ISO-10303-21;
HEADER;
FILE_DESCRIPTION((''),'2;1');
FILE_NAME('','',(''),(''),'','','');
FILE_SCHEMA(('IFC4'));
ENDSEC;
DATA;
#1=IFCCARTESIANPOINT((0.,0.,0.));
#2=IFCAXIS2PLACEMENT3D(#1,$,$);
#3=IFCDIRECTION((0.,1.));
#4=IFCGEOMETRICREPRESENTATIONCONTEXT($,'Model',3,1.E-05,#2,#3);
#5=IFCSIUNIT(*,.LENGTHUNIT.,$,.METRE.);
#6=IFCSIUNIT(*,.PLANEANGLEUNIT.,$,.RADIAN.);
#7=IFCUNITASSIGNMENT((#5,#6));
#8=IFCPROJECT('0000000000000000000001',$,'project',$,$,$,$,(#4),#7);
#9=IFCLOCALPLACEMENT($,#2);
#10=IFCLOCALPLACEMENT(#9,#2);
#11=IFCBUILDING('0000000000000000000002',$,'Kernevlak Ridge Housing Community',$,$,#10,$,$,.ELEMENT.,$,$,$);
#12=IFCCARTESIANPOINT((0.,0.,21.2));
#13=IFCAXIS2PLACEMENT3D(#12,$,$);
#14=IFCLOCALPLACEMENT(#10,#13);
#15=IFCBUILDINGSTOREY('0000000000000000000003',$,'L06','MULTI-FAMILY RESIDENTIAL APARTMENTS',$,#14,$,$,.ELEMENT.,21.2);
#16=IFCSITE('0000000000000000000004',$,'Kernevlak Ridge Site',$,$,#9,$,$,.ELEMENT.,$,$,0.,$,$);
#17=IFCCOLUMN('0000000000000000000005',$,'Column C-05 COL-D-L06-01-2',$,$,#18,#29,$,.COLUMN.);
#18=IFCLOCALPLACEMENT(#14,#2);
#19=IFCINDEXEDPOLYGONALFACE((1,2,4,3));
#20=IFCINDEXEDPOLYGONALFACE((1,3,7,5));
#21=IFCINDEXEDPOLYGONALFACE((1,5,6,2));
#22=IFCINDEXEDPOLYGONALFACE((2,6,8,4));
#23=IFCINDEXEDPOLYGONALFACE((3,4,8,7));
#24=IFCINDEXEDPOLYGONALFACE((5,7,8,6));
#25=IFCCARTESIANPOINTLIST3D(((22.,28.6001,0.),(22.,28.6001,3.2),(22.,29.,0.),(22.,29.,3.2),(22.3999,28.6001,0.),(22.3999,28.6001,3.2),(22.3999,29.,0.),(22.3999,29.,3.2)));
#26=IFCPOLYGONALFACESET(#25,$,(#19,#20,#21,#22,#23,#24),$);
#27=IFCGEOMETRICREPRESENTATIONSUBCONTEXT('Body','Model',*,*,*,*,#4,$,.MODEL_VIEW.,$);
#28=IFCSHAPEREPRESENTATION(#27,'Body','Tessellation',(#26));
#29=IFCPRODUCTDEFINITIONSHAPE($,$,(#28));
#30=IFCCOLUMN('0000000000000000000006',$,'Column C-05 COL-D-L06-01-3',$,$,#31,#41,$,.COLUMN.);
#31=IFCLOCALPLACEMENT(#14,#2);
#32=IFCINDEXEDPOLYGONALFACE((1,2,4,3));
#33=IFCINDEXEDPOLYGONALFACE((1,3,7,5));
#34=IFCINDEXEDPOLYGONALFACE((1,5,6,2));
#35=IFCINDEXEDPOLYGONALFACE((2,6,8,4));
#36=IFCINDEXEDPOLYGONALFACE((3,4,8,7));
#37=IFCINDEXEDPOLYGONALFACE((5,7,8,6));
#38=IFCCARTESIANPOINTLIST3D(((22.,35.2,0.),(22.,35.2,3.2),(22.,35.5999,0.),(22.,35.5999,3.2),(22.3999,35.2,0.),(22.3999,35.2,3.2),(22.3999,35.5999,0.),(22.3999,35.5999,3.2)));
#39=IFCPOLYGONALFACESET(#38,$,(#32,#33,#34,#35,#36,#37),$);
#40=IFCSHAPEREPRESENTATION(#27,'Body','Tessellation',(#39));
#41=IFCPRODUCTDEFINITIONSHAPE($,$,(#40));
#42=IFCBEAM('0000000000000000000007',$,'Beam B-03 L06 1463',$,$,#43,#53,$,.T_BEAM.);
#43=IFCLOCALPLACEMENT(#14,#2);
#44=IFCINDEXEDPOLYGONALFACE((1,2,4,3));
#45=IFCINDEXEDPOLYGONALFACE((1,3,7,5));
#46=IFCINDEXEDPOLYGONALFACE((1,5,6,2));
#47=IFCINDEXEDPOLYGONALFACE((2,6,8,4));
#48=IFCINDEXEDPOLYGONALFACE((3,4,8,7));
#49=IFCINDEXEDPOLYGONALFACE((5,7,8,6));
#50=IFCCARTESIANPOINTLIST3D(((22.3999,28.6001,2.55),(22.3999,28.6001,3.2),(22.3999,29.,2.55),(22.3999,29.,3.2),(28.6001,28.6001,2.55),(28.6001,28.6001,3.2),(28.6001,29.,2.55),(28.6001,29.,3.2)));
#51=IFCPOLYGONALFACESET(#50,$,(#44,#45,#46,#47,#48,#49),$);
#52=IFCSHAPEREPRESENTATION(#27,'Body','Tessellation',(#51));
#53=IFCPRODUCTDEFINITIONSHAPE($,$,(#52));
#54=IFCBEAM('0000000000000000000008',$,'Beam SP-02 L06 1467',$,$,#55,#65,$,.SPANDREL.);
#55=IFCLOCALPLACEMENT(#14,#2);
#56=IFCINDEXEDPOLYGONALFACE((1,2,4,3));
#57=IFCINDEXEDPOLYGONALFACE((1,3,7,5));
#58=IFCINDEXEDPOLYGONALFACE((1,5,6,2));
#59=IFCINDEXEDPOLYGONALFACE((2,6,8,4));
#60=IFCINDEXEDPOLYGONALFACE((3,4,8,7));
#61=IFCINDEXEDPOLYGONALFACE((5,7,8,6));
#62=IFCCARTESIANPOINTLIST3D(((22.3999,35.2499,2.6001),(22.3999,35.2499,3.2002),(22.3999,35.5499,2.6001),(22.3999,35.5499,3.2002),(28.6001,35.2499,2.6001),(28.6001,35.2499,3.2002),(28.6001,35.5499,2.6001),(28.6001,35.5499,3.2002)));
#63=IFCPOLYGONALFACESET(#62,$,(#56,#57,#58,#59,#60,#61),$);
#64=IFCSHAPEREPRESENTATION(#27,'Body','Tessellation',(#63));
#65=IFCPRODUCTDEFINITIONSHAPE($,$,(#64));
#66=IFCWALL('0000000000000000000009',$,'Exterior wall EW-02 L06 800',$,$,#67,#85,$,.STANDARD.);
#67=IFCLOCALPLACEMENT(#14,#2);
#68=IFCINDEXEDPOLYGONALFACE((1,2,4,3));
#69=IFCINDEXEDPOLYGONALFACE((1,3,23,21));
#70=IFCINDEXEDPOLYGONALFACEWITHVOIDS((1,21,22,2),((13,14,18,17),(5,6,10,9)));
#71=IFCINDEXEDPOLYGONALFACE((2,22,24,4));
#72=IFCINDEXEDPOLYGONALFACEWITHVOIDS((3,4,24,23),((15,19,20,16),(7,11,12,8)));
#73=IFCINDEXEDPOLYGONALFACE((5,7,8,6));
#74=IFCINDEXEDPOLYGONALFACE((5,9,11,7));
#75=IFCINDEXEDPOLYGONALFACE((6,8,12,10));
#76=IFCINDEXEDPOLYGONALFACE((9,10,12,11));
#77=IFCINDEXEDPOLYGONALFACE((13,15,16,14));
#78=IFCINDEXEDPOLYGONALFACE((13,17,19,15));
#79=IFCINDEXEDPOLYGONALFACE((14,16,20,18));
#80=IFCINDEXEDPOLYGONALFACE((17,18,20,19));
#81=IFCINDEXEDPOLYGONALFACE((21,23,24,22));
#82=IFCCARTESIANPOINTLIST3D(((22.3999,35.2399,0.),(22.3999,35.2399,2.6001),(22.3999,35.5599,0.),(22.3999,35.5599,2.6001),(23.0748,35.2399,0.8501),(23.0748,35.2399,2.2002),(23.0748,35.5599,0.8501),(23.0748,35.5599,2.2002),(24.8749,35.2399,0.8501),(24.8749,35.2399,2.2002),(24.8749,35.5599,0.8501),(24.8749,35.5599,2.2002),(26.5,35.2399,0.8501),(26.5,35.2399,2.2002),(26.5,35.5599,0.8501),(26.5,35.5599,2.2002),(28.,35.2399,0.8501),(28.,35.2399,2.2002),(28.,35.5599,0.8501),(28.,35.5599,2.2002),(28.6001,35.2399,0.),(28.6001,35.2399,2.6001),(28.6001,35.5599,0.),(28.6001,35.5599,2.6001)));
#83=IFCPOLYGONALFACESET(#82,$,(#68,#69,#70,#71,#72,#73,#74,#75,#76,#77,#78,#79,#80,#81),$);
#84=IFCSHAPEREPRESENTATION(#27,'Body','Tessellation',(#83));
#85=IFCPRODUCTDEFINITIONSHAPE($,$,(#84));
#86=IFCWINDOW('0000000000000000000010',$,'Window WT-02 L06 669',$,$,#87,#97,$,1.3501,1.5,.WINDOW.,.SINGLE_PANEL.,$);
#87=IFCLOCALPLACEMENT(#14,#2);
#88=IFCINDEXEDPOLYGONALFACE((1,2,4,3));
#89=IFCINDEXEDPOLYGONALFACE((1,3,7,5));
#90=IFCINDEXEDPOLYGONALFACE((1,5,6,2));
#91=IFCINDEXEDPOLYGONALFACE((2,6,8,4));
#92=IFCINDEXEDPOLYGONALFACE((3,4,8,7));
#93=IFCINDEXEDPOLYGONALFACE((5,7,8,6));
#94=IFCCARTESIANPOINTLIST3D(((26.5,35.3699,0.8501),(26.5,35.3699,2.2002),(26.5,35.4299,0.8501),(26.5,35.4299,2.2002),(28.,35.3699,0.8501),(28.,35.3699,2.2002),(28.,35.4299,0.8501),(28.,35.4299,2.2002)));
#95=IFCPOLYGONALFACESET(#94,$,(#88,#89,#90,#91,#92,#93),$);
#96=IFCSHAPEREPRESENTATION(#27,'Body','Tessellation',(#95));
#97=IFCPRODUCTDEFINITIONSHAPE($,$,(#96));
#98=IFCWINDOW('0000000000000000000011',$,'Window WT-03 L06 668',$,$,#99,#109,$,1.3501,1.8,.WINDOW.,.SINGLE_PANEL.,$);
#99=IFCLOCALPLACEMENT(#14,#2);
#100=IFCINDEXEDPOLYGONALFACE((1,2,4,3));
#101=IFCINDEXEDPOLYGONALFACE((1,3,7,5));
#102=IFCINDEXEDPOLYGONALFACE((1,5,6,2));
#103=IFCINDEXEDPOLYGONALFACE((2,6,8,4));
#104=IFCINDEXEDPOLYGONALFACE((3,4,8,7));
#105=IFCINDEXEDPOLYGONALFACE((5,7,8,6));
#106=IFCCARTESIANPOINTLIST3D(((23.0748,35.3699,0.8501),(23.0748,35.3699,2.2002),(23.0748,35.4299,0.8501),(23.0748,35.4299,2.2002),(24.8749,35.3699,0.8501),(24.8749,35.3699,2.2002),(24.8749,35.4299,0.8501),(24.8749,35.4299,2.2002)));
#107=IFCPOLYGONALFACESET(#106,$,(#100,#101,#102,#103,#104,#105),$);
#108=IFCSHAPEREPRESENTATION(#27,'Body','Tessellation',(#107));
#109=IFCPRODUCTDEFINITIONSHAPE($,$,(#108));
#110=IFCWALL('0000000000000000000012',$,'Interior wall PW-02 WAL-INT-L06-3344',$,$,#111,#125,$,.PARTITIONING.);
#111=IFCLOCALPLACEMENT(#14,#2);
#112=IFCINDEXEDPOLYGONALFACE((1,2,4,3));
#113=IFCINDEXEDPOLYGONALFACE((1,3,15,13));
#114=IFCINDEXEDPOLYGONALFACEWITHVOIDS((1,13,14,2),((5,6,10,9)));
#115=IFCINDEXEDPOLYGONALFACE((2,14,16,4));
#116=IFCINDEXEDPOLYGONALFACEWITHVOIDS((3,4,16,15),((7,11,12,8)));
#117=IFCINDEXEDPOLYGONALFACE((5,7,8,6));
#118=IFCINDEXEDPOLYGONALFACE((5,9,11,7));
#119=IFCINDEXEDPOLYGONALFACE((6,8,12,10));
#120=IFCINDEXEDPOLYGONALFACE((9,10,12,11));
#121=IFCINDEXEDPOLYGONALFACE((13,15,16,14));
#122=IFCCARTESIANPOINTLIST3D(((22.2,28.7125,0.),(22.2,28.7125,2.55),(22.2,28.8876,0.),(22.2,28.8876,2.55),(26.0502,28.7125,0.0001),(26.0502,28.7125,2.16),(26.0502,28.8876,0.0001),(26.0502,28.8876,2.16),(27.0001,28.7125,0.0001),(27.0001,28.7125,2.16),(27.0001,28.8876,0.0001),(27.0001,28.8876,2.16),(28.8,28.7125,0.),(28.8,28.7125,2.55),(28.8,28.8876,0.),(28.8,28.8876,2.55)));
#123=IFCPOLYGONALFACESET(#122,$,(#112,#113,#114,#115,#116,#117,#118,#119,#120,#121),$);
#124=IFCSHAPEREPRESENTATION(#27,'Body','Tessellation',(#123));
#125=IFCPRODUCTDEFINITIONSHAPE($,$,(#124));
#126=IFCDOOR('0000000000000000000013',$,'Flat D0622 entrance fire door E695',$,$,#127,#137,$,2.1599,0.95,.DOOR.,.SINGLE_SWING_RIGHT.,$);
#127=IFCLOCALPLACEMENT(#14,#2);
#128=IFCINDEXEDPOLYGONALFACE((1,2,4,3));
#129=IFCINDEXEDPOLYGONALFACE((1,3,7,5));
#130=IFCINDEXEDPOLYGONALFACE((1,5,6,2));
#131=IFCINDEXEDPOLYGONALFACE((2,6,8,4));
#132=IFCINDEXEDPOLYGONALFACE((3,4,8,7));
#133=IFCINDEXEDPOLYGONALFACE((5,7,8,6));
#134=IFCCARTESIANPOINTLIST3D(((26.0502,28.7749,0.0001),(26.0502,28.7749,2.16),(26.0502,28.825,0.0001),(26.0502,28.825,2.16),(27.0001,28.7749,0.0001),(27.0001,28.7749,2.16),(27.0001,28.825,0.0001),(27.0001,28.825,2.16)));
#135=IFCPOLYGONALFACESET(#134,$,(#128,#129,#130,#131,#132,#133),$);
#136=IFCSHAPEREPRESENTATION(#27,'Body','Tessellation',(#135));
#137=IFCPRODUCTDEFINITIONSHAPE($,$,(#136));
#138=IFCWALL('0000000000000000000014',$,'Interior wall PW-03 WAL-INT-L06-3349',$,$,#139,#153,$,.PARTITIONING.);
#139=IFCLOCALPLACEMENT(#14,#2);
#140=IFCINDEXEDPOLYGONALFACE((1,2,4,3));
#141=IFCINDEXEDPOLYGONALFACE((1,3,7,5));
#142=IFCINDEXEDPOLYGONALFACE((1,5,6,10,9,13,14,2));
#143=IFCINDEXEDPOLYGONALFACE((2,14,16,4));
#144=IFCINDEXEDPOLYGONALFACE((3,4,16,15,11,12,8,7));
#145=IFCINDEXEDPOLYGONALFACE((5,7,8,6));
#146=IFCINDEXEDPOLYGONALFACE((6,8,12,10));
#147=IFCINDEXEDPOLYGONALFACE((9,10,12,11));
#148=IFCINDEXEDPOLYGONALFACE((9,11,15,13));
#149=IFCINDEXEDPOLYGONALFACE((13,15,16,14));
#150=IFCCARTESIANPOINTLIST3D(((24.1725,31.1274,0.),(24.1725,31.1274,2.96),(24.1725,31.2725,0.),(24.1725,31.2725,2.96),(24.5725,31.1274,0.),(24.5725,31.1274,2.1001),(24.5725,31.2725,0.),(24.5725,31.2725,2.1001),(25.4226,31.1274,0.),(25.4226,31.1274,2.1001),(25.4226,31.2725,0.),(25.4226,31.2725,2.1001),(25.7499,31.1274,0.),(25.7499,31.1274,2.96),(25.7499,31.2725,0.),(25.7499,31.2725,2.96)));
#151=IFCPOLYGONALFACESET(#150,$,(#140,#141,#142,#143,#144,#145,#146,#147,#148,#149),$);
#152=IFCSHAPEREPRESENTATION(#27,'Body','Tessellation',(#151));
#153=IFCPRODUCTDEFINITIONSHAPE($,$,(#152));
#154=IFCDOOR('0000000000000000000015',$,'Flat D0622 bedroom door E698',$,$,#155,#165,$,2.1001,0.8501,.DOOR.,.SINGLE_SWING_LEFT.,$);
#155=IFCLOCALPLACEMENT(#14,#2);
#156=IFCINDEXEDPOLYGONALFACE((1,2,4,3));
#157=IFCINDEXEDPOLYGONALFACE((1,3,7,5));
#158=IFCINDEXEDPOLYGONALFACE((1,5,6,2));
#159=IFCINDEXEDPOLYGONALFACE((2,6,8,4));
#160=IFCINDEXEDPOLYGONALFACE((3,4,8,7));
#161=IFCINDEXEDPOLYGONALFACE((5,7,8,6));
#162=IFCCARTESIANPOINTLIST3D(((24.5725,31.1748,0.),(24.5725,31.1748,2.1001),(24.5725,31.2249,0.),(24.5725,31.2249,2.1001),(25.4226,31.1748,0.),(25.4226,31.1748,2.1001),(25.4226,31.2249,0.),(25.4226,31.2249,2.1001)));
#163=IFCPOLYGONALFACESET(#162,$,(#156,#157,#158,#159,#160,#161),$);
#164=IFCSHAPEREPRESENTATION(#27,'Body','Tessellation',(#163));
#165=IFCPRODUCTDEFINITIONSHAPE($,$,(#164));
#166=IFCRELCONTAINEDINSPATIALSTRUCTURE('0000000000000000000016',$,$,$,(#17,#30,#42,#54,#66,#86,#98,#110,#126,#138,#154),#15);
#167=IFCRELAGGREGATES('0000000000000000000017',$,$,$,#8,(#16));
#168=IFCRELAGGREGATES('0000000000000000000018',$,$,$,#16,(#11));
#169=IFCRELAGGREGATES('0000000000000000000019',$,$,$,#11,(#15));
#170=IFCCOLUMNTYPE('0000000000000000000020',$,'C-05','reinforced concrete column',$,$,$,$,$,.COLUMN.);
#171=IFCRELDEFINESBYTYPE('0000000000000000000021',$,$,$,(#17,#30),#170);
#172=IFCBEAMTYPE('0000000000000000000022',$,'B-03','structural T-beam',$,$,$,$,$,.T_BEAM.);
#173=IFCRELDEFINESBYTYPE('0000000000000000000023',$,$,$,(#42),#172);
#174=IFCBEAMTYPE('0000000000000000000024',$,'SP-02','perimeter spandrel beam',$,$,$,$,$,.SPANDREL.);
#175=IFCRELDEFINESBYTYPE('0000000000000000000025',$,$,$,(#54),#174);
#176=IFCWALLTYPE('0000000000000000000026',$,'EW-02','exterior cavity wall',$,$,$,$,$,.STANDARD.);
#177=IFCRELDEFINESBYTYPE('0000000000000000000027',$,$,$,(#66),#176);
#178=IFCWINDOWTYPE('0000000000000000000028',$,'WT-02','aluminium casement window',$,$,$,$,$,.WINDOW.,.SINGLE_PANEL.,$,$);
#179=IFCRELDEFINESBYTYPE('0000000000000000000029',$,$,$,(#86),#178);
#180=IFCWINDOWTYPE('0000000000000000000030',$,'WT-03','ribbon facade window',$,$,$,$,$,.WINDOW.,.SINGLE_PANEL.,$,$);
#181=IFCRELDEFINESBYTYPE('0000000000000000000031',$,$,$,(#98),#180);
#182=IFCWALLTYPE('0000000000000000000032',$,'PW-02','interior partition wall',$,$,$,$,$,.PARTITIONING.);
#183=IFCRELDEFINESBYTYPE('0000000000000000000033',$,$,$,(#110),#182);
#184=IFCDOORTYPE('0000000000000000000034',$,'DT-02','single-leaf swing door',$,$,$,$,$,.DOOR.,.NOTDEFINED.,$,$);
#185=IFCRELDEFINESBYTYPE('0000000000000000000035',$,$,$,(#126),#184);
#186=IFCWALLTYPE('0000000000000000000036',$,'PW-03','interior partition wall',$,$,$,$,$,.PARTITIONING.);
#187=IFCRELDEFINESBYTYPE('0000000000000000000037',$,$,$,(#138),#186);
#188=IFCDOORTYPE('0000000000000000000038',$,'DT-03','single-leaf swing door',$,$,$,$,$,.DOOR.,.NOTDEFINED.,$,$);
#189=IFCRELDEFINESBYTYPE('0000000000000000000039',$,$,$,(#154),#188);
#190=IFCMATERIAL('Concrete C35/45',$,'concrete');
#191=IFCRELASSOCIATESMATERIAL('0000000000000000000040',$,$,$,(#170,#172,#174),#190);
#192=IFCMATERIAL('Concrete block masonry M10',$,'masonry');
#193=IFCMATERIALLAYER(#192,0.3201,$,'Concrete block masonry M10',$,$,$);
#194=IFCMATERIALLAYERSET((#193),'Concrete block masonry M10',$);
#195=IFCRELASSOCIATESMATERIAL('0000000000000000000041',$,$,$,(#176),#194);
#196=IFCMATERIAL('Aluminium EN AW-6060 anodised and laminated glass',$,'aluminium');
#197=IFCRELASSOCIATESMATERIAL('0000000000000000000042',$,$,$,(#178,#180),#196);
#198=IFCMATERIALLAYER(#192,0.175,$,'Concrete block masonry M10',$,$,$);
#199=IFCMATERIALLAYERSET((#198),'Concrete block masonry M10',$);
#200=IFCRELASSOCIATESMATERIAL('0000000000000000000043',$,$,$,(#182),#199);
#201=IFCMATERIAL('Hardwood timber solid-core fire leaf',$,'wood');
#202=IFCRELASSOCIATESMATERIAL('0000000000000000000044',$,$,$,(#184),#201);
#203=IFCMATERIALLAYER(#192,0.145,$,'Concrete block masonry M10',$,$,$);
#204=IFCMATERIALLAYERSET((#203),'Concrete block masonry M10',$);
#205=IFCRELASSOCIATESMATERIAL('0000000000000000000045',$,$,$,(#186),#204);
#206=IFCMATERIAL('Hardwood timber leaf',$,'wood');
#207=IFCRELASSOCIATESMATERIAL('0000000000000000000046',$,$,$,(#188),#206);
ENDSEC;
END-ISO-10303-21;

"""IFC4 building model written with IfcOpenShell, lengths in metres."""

from ifc_helpers import new_model, si_unit, direction, frame, frame_2d, origin, origin_2d, place, context, subcontext, project, spatial, rectangle, extrude, material, layer, layer_set, material_profile, profile_set, type_object, element, fill, save


model = new_model("IFC4")

# Units and contexts
model_context = context("Model", 3, precision=1e-05, world=origin(), true_north=direction((0.0, 1.0)))
body_context = subcontext(model_context, "Body", "Model", "MODEL_VIEW")
ifc_project = project(units=[si_unit("LENGTHUNIT", "METRE"), si_unit("PLANEANGLEUNIT", "RADIAN")], contexts=[model_context])

# Site, building, storey
site_placement = place(None, origin())
site = spatial("IfcSite", under=ifc_project, at=site_placement, Name="Kernevlak Ridge Site", CompositionType="ELEMENT", RefElevation=0.0)
building_placement = place(site_placement, origin())
building = spatial("IfcBuilding", under=site, at=building_placement, Name="Kernevlak Ridge Housing Community", CompositionType="ELEMENT")
storey_placement = place(building_placement, frame((0.0, 0.0, 21.2)))
storey = spatial("IfcBuildingStorey", under=building, at=storey_placement, Name="L06", Description="MULTI-FAMILY RESIDENTIAL APARTMENTS", CompositionType="ELEMENT", Elevation=21.2)

# Columns
ifc_material_1 = material(Name="Concrete C35/45", Category="concrete")
ifc_material_profile_1 = material_profile(ifc_material_1, rectangle(XDim=0.3999, YDim=0.3999, at=origin_2d()), Name="RC 400x400")
ifc_profile_set_1 = profile_set([ifc_material_profile_1], Name="Concrete C35/45")
column_type = type_object("IfcColumnType", Name="C-05", Description="reinforced concrete column", PredefinedType="COLUMN", material=ifc_profile_set_1)
for number, where, z_axis, x_axis, name in (
    (1, (22.2, 28.8, 0.0), (0.0, 0.0, 1.0), (1.0, 0.0, 0.0), "Column C-05 COL-D-L06-01-2"),
    (2, (22.2, 35.3999, 0.0), (0.0, 0.0, 1.0), (1.0, 0.0, 0.0), "Column C-05 COL-D-L06-01-3"),
):
    element("IfcColumn", number, at=place(storey_placement, frame(where, z_axis=z_axis, x_axis=x_axis)), inside=storey, type_object=column_type, Name=name, PredefinedType="COLUMN", context=body_context, shape_type="SweptSolid", body=[
        extrude(rectangle(XDim=0.3999, YDim=0.3999, at=origin_2d()), origin(), (0.0, 0.0, 1.0), 3.2),
    ])

# Beams
ifc_material_profile_2 = material_profile(ifc_material_1, rectangle(XDim=0.3999, YDim=0.6499, at=origin_2d()), Name="RC 400x650")
ifc_profile_set_2 = profile_set([ifc_material_profile_2], Name="Concrete C35/45")
beam_type_1 = type_object("IfcBeamType", Name="B-03", Description="structural T-beam", PredefinedType="T_BEAM", material=ifc_profile_set_2)
beam_1_placement = place(storey_placement, frame((22.3999, 28.8, 2.875), z_axis=(1.0, 0.0, 0.0), x_axis=(0.0, 1.0, 0.0)))
element("IfcBeam", 3, at=beam_1_placement, inside=storey, type_object=beam_type_1, Name="Beam B-03 L06 1463", PredefinedType="T_BEAM", context=body_context, shape_type="SweptSolid", body=[
    extrude(rectangle(XDim=0.3999, YDim=0.6499, at=origin_2d()), origin(), (0.0, 0.0, 1.0), 6.2002),
])
ifc_material_profile_3 = material_profile(ifc_material_1, rectangle(XDim=0.3, YDim=0.6001, at=origin_2d()), Name="RC 300x600")
ifc_profile_set_3 = profile_set([ifc_material_profile_3], Name="Concrete C35/45")
beam_type_2 = type_object("IfcBeamType", Name="SP-02", Description="perimeter spandrel beam", PredefinedType="SPANDREL", material=ifc_profile_set_3)
beam_2_placement = place(storey_placement, frame((22.3999, 35.3999, 2.9001), z_axis=(1.0, 0.0, 0.0), x_axis=(0.0, 1.0, 0.0)))
element("IfcBeam", 4, at=beam_2_placement, inside=storey, type_object=beam_type_2, Name="Beam SP-02 L06 1467", PredefinedType="SPANDREL", context=body_context, shape_type="SweptSolid", body=[
    extrude(rectangle(XDim=0.3, YDim=0.6001, at=origin_2d()), origin(), (0.0, 0.0, 1.0), 6.2002),
])

# Wall, openings, windows
ifc_material_2 = material(Name="Concrete block masonry M10", Category="masonry")
ifc_layer_1 = layer(ifc_material_2, 0.3201, Name="Concrete block masonry M10")
ifc_layer_set_1 = layer_set([ifc_layer_1], Name="Concrete block masonry M10")
wall_type_1 = type_object("IfcWallType", Name="EW-02", Description="exterior cavity wall", PredefinedType="STANDARD", material=ifc_layer_set_1)
wall_1_placement = place(storey_placement, frame((22.3999, 35.3999, 0.0), z_axis=(0.0, 0.0, 1.0), x_axis=(1.0, 0.0, 0.0)))
wall_1 = element("IfcWall", 5, at=wall_1_placement, inside=storey, type_object=wall_type_1, Name="Exterior wall EW-02 L06 800", PredefinedType="STANDARD", context=body_context, shape_type="SweptSolid", body=[
    extrude(rectangle(XDim=6.2002, YDim=0.3201, at=frame_2d((3.1001, 0.0))), origin(), (0.0, 0.0, 1.0), 2.6001),
])
opening_1_placement = place(wall_1_placement, frame((0.675, 0.0, 0.8501)))
opening_1 = element("IfcOpeningElement", 6, at=opening_1_placement, cuts=wall_1, PredefinedType="OPENING", context=body_context, shape_type="SweptSolid", body=[
    extrude(rectangle(XDim=1.8, YDim=1.3501, at=frame_2d((0.8999, 0.675))), frame((0.0, 0.1699, 0.0), z_axis=(0.0, -1.0, 0.0), x_axis=(1.0, 0.0, 0.0)), (0.0, 0.0, 1.0), 0.3401),
])
opening_2_placement = place(wall_1_placement, frame((4.1001, 0.0, 0.8501)))
opening_2 = element("IfcOpeningElement", 7, at=opening_2_placement, cuts=wall_1, PredefinedType="OPENING", context=body_context, shape_type="SweptSolid", body=[
    extrude(rectangle(XDim=1.5, YDim=1.3501, at=frame_2d((0.75, 0.675))), frame((0.0, 0.1699, 0.0), z_axis=(0.0, -1.0, 0.0), x_axis=(1.0, 0.0, 0.0)), (0.0, 0.0, 1.0), 0.3401),
])
ifc_material_3 = material(Name="Aluminium EN AW-6060 anodised and laminated glass", Category="aluminium")
window_type_1 = type_object("IfcWindowType", Name="WT-02", Description="aluminium casement window", PartitioningType="SINGLE_PANEL", PredefinedType="WINDOW", material=ifc_material_3)
window_1_placement = place(opening_2_placement, origin())
window_1 = element("IfcWindow", 8, at=window_1_placement, inside=storey, type_object=window_type_1, Name="Window WT-02 L06 669", OverallHeight=1.3501, OverallWidth=1.5, PartitioningType="SINGLE_PANEL", PredefinedType="WINDOW", context=body_context, shape_type="SweptSolid", body=[
    extrude(rectangle(XDim=1.5, YDim=1.3501, at=frame_2d((0.75, 0.675))), frame((0.0, 0.03, 0.0), z_axis=(0.0, -1.0, 0.0), x_axis=(1.0, 0.0, 0.0)), (0.0, 0.0, 1.0), 0.0601),
])
fill(opening_2, window_1)
window_type_2 = type_object("IfcWindowType", Name="WT-03", Description="ribbon facade window", PartitioningType="SINGLE_PANEL", PredefinedType="WINDOW", material=ifc_material_3)
window_2_placement = place(opening_1_placement, origin())
window_2 = element("IfcWindow", 9, at=window_2_placement, inside=storey, type_object=window_type_2, Name="Window WT-03 L06 668", OverallHeight=1.3501, OverallWidth=1.8, PartitioningType="SINGLE_PANEL", PredefinedType="WINDOW", context=body_context, shape_type="SweptSolid", body=[
    extrude(rectangle(XDim=1.8, YDim=1.3501, at=frame_2d((0.8999, 0.675))), frame((0.0, 0.03, 0.0), z_axis=(0.0, -1.0, 0.0), x_axis=(1.0, 0.0, 0.0)), (0.0, 0.0, 1.0), 0.0601),
])
fill(opening_1, window_2)

# Walls, openings, doors
ifc_layer_2 = layer(ifc_material_2, 0.175, Name="Concrete block masonry M10")
ifc_layer_set_2 = layer_set([ifc_layer_2], Name="Concrete block masonry M10")
wall_type_2 = type_object("IfcWallType", Name="PW-02", Description="interior partition wall", PredefinedType="PARTITIONING", material=ifc_layer_set_2)
wall_2_placement = place(storey_placement, frame((22.2, 28.8, 0.0), z_axis=(0.0, 0.0, 1.0), x_axis=(1.0, 0.0, 0.0)))
wall_2 = element("IfcWall", 10, at=wall_2_placement, inside=storey, type_object=wall_type_2, Name="Interior wall PW-02 WAL-INT-L06-3344", PredefinedType="PARTITIONING", context=body_context, shape_type="SweptSolid", body=[
    extrude(rectangle(XDim=6.6001, YDim=0.175, at=frame_2d((3.3, 0.0))), origin(), (0.0, 0.0, 1.0), 2.55),
])
opening_3_placement = place(wall_2_placement, frame((3.8501, 0.0, 0.0)))
opening_3 = element("IfcOpeningElement", 11, at=opening_3_placement, cuts=wall_2, PredefinedType="OPENING", context=body_context, shape_type="SweptSolid", body=[
    extrude(rectangle(XDim=0.95, YDim=2.1599, at=frame_2d((0.4751, 1.0801))), frame((0.0, 0.0974, 0.0), z_axis=(0.0, -1.0, 0.0), x_axis=(1.0, 0.0, 0.0)), (0.0, 0.0, 1.0), 0.1951),
])
ifc_material_4 = material(Name="Hardwood timber solid-core fire leaf", Category="wood")
door_type_1 = type_object("IfcDoorType", Name="DT-02", Description="single-leaf swing door", OperationType="NOTDEFINED", PredefinedType="DOOR", material=ifc_material_4)
door_1_placement = place(opening_3_placement, origin())
door_1 = element("IfcDoor", 12, at=door_1_placement, inside=storey, type_object=door_type_1, Name="Flat D0622 entrance fire door E695", OperationType="SINGLE_SWING_RIGHT", OverallHeight=2.1599, OverallWidth=0.95, PredefinedType="DOOR", context=body_context, shape_type="SweptSolid", body=[
    extrude(rectangle(XDim=0.95, YDim=2.1599, at=frame_2d((0.4751, 1.0801))), frame((0.0, 0.0249, 0.0), z_axis=(0.0, -1.0, 0.0), x_axis=(1.0, 0.0, 0.0)), (0.0, 0.0, 1.0), 0.05),
])
fill(opening_3, door_1)
ifc_layer_3 = layer(ifc_material_2, 0.145, Name="Concrete block masonry M10")
ifc_layer_set_3 = layer_set([ifc_layer_3], Name="Concrete block masonry M10")
wall_type_3 = type_object("IfcWallType", Name="PW-03", Description="interior partition wall", PredefinedType="PARTITIONING", material=ifc_layer_set_3)
wall_3_placement = place(storey_placement, frame((24.1726, 31.2, 0.0), z_axis=(0.0, 0.0, 1.0), x_axis=(1.0, 0.0, 0.0)))
wall_3 = element("IfcWall", 13, at=wall_3_placement, inside=storey, type_object=wall_type_3, Name="Interior wall PW-03 WAL-INT-L06-3349", PredefinedType="PARTITIONING", context=body_context, shape_type="SweptSolid", body=[
    extrude(rectangle(XDim=1.5774, YDim=0.145, at=frame_2d((0.7886, 0.0))), origin(), (0.0, 0.0, 1.0), 2.96),
])
opening_4_placement = place(wall_3_placement, frame((0.3999, 0.0, 0.0)))
opening_4 = element("IfcOpeningElement", 14, at=opening_4_placement, cuts=wall_3, PredefinedType="OPENING", context=body_context, shape_type="SweptSolid", body=[
    extrude(rectangle(XDim=0.8501, YDim=2.1001, at=frame_2d((0.425, 1.05))), frame((0.0, 0.0825, 0.0), z_axis=(0.0, -1.0, 0.0), x_axis=(1.0, 0.0, 0.0)), (0.0, 0.0, 1.0), 0.165),
])
ifc_material_5 = material(Name="Hardwood timber leaf", Category="wood")
door_type_2 = type_object("IfcDoorType", Name="DT-03", Description="single-leaf swing door", OperationType="NOTDEFINED", PredefinedType="DOOR", material=ifc_material_5)
door_2_placement = place(opening_4_placement, origin())
door_2 = element("IfcDoor", 15, at=door_2_placement, inside=storey, type_object=door_type_2, Name="Flat D0622 bedroom door E698", OperationType="SINGLE_SWING_LEFT", OverallHeight=2.1001, OverallWidth=0.8501, PredefinedType="DOOR", context=body_context, shape_type="SweptSolid", body=[
    extrude(rectangle(XDim=0.8501, YDim=2.1001, at=frame_2d((0.425, 1.05))), frame((0.0, 0.0249, 0.0), z_axis=(0.0, -1.0, 0.0), x_axis=(1.0, 0.0, 0.0)), (0.0, 0.0, 1.0), 0.05),
])
fill(opening_4, door_2)

save(model, "model.ifc")
